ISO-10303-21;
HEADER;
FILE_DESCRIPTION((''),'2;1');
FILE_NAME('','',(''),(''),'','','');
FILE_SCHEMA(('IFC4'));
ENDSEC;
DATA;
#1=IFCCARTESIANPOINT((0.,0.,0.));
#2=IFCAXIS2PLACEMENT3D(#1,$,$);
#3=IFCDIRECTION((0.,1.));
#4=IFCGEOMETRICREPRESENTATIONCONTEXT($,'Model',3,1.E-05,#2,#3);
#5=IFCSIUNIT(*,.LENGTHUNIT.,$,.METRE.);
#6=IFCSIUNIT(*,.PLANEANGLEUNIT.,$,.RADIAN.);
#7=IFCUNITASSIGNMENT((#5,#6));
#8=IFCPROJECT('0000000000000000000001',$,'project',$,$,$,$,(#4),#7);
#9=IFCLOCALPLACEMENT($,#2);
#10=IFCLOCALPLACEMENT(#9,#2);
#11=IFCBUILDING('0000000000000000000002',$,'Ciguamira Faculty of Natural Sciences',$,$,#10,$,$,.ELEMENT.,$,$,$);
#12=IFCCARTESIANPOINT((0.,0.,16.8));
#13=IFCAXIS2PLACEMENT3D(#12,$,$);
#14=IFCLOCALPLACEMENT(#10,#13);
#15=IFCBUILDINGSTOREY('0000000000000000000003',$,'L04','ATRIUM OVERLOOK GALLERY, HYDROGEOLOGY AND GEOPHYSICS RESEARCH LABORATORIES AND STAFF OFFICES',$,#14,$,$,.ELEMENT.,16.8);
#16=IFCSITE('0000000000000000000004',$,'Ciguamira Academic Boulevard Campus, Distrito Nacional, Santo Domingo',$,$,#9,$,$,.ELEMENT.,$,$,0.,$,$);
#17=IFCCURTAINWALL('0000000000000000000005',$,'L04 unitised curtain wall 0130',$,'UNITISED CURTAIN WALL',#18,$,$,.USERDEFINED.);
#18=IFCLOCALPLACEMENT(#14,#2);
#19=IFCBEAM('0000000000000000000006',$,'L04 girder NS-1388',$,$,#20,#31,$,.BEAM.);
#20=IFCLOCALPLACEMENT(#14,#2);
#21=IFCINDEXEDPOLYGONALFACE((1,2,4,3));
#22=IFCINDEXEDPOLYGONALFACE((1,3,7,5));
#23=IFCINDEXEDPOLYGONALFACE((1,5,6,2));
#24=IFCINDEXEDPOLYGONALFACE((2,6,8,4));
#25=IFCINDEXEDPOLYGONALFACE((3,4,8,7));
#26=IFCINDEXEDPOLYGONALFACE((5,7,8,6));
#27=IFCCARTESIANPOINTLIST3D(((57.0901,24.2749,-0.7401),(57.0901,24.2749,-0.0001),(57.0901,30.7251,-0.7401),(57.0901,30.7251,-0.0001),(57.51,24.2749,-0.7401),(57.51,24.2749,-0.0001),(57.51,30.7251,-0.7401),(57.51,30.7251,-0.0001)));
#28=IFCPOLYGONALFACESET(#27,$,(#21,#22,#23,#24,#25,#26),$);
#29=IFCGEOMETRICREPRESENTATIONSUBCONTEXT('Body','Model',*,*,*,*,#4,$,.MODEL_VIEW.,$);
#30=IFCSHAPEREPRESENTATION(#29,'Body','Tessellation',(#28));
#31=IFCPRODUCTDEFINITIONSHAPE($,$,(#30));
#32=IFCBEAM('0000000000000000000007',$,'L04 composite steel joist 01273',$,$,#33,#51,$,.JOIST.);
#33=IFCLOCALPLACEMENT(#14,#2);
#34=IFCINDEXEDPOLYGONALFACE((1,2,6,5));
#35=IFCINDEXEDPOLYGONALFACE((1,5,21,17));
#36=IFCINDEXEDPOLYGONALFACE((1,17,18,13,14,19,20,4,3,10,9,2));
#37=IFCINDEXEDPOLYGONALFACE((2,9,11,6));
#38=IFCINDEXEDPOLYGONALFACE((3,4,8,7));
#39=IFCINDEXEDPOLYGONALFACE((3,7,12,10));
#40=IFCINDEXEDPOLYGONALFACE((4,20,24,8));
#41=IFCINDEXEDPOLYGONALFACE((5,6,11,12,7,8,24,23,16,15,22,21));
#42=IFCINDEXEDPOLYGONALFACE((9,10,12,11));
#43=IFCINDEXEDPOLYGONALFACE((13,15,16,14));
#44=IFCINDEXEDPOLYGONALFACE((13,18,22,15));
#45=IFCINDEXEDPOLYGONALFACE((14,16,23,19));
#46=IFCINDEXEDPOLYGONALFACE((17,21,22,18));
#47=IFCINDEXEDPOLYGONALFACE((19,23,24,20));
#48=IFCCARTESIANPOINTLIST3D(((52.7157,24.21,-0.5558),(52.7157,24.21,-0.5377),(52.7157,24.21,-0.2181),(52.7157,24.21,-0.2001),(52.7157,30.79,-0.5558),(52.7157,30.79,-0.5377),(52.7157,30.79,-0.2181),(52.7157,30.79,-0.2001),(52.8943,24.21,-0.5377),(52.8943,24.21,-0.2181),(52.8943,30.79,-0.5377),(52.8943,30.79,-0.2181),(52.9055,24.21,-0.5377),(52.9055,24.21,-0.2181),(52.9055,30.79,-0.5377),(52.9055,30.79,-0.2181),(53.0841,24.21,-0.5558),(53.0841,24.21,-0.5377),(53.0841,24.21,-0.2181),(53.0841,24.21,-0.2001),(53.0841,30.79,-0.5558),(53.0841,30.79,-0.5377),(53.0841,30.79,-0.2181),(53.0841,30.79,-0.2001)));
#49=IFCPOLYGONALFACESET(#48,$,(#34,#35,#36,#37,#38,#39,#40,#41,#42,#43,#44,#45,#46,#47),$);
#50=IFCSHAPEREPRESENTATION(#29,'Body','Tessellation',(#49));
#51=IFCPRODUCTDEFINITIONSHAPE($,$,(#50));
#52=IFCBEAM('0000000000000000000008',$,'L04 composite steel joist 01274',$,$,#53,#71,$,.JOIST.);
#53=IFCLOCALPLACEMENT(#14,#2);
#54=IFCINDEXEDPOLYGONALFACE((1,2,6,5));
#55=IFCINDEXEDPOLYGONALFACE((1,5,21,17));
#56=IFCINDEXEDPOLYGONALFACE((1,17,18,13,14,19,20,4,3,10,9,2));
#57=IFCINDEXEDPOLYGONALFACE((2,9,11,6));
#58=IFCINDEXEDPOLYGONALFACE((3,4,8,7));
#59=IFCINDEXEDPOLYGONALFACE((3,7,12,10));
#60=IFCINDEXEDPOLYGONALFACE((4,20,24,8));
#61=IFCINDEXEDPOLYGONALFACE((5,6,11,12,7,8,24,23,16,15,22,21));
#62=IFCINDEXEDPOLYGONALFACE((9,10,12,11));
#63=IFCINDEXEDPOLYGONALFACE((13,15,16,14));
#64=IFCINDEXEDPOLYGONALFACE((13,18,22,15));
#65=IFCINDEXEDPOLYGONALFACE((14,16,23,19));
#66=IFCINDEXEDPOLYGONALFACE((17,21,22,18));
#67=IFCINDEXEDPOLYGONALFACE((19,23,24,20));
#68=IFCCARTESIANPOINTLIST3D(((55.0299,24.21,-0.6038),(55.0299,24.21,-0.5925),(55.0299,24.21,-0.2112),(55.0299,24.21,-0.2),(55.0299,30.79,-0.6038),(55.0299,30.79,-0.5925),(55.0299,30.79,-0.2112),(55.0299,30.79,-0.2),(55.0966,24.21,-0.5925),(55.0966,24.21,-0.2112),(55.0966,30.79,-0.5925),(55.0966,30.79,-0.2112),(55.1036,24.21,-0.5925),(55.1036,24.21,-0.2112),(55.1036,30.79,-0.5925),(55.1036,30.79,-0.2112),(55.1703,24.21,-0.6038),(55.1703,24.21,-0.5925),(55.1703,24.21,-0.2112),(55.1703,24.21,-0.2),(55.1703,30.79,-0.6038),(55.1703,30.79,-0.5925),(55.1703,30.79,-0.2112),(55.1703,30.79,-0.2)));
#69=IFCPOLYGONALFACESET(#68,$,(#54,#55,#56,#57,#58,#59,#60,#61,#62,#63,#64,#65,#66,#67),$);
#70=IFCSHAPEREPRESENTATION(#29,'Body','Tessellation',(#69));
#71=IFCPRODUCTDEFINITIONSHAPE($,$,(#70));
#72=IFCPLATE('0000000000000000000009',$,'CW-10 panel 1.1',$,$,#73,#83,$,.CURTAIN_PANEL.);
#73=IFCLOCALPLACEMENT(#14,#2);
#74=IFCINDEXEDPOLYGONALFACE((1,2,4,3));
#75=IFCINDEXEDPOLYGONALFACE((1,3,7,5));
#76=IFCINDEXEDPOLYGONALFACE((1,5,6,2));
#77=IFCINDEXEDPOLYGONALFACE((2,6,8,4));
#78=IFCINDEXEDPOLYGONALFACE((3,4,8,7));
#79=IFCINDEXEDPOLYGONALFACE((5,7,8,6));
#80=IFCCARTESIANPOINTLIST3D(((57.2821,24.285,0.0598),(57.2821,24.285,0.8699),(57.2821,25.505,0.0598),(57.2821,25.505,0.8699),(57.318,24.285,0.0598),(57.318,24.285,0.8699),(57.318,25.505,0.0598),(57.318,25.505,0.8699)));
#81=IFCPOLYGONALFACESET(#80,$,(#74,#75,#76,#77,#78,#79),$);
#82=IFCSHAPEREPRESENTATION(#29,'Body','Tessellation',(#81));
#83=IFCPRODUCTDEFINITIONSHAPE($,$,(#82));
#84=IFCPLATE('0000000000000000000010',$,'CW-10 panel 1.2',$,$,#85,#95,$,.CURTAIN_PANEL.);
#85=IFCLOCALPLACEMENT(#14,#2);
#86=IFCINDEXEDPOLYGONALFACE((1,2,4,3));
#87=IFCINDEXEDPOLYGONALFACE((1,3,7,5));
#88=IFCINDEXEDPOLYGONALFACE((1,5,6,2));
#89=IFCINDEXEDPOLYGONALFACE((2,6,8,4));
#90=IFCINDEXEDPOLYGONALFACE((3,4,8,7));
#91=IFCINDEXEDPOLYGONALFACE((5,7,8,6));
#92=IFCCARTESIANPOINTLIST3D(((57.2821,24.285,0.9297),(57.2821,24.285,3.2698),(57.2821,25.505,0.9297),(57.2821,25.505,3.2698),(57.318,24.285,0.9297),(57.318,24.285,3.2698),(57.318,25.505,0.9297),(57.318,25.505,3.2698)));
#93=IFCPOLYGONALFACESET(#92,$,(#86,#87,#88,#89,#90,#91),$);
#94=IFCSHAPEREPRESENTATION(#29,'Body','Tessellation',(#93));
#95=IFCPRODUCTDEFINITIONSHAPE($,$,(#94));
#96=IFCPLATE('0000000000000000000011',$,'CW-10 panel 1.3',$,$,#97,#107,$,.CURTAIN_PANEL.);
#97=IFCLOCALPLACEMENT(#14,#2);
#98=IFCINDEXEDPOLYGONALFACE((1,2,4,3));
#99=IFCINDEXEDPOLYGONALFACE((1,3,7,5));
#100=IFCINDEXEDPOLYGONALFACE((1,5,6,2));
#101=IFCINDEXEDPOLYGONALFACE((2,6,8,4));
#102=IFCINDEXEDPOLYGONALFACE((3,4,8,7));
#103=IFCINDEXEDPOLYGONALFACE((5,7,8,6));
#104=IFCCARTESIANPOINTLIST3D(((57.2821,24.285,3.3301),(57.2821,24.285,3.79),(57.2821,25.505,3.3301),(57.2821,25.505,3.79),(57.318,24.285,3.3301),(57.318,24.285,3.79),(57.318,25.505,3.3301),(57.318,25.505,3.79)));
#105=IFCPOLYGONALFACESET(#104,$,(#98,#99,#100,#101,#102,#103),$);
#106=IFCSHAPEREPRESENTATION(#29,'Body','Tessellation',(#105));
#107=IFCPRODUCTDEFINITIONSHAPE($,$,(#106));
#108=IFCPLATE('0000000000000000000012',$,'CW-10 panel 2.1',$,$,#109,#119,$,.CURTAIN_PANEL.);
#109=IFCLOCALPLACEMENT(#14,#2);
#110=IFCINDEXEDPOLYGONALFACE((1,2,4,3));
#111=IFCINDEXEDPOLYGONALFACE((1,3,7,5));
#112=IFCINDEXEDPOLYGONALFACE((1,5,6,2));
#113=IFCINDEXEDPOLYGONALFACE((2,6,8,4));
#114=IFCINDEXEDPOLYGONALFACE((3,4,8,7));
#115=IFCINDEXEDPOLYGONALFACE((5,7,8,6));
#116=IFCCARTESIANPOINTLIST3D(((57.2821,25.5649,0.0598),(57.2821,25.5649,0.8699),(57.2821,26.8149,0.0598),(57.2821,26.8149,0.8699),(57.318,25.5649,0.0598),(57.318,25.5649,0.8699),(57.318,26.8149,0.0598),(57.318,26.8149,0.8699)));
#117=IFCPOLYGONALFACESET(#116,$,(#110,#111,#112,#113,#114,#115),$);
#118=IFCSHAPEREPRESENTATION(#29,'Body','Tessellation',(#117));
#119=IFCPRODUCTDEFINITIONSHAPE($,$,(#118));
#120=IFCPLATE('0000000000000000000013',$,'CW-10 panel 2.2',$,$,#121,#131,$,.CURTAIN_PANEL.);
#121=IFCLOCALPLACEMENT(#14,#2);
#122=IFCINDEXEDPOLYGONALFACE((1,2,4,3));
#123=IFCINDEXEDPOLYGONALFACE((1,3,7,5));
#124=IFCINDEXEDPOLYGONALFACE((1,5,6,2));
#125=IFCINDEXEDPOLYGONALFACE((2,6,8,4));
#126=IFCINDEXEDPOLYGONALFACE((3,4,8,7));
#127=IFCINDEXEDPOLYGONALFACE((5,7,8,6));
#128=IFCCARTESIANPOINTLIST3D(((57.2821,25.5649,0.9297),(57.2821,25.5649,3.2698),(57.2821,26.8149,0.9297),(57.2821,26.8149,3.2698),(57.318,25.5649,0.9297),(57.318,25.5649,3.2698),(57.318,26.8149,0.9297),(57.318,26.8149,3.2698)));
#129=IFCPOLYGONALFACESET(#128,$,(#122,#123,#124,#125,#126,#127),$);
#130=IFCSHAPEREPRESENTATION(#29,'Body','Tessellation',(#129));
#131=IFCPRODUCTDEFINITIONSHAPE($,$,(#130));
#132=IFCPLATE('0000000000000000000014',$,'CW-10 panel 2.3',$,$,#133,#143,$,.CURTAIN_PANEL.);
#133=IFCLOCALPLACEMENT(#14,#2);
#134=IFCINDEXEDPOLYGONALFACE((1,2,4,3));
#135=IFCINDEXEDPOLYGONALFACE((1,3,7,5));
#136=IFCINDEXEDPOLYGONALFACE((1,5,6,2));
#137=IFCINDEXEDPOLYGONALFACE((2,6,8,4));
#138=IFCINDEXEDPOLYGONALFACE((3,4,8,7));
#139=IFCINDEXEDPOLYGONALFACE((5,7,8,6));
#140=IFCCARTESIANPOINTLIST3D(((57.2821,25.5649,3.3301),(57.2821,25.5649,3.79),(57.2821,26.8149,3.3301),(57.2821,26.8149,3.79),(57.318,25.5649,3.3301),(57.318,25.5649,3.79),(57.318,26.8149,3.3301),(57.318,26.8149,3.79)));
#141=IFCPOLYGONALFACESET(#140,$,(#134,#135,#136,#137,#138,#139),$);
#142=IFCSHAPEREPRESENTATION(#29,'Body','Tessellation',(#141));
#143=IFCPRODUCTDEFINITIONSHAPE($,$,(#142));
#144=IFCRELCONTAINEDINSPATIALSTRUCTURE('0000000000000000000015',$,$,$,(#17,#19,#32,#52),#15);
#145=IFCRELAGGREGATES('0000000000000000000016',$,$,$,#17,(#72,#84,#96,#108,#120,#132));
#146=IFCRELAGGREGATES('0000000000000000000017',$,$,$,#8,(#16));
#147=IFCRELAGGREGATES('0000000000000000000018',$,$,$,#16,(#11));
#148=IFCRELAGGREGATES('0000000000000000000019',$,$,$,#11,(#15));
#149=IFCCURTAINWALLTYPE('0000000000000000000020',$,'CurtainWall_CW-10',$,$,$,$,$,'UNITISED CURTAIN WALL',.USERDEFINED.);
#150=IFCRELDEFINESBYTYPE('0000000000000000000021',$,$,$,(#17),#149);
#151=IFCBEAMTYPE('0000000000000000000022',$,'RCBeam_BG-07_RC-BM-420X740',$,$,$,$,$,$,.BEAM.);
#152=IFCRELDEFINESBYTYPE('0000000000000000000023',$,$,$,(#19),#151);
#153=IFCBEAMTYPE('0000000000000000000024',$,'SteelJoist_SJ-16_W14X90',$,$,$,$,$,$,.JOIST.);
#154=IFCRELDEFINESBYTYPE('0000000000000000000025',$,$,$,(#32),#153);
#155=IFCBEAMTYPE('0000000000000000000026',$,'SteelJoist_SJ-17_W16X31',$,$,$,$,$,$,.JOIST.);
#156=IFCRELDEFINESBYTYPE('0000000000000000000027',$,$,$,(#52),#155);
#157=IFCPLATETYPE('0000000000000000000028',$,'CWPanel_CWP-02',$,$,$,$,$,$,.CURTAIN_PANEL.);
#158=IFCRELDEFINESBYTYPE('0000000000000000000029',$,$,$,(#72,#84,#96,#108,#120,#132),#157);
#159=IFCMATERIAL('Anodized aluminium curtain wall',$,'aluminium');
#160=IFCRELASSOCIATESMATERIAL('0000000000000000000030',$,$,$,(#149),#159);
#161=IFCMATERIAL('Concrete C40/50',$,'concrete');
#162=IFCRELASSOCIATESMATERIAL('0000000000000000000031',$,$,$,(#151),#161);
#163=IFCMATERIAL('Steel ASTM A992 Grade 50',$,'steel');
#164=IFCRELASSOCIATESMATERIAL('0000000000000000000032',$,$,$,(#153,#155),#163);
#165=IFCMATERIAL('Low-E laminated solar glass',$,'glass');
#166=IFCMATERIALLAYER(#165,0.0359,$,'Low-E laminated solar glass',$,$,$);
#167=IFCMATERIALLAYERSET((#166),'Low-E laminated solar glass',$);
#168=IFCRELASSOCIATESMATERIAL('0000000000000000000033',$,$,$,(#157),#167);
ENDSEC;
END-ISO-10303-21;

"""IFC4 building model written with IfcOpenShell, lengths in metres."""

from ifc_helpers import new_model, si_unit, direction, frame, origin, origin_2d, place, context, subcontext, project, spatial, rectangle, i_section, extrude, material, layer, layer_set, material_profile, profile_set, type_object, element, aggregate, save


model = new_model("IFC4")

# Units and contexts
model_context = context("Model", 3, precision=1e-05, world=origin(), true_north=direction((0.0, 1.0)))
body_context = subcontext(model_context, "Body", "Model", "MODEL_VIEW")
ifc_project = project(units=[si_unit("LENGTHUNIT", "METRE"), si_unit("PLANEANGLEUNIT", "RADIAN")], contexts=[model_context])

# Site, building, storey
site_placement = place(None, origin())
site = spatial("IfcSite", under=ifc_project, at=site_placement, Name="Ciguamira Academic Boulevard Campus, Distrito Nacional, Santo Domingo", CompositionType="ELEMENT", RefElevation=0.0)
building_placement = place(site_placement, origin())
building = spatial("IfcBuilding", under=site, at=building_placement, Name="Ciguamira Faculty of Natural Sciences", CompositionType="ELEMENT")
storey_placement = place(building_placement, frame((0.0, 0.0, 16.8)))
storey = spatial("IfcBuildingStorey", under=building, at=storey_placement, Name="L04", Description="ATRIUM OVERLOOK GALLERY, HYDROGEOLOGY AND GEOPHYSICS RESEARCH LABORATORIES AND STAFF OFFICES", CompositionType="ELEMENT", Elevation=16.8)

# Shared definitions
ifc_material_1 = material(Name="Concrete C40/50", Category="concrete")

# Curtain wall
ifc_material_2 = material(Name="Anodized aluminium curtain wall", Category="aluminium")
curtain_wall_type = type_object("IfcCurtainWallType", Name="CurtainWall_CW-10", ElementType="UNITISED CURTAIN WALL", PredefinedType="USERDEFINED", material=ifc_material_2)
curtain_wall_placement = place(storey_placement, origin())
curtain_wall = element("IfcCurtainWall", 1, at=curtain_wall_placement, inside=storey, type_object=curtain_wall_type, Name="L04 unitised curtain wall 0130", ObjectType="UNITISED CURTAIN WALL", PredefinedType="USERDEFINED")

# Beams
ifc_material_profile_1 = material_profile(ifc_material_1, rectangle(XDim=0.4199, YDim=0.74, at=origin_2d()), Name="RC-BM-420X740")
ifc_profile_set_1 = profile_set([ifc_material_profile_1], Name="Concrete C40/50")
beam_type_1 = type_object("IfcBeamType", Name="RCBeam_BG-07_RC-BM-420X740", PredefinedType="BEAM", material=ifc_profile_set_1)
beam_1_placement = place(storey_placement, frame((57.3, 24.2749, -0.3701), z_axis=(0.0, 1.0, 0.0), x_axis=(-1.0, 0.0, 0.0)))
element("IfcBeam", 2, at=beam_1_placement, inside=storey, type_object=beam_type_1, Name="L04 girder NS-1388", PredefinedType="BEAM", context=body_context, shape_type="SweptSolid", body=[
    extrude(rectangle(XDim=0.4199, YDim=0.74, at=origin_2d()), origin(), (0.0, 0.0, 1.0), 6.4502),
])
ifc_material_3 = material(Name="Steel ASTM A992 Grade 50", Category="steel")
ifc_material_profile_2 = material_profile(ifc_material_3, i_section(OverallWidth=0.3684, OverallDepth=0.3557, WebThickness=0.0112, FlangeThickness=0.0181, at=origin_2d()), Name="W14X90")
ifc_profile_set_2 = profile_set([ifc_material_profile_2], Name="Steel ASTM A992 Grade 50")
beam_type_2 = type_object("IfcBeamType", Name="SteelJoist_SJ-16_W14X90", PredefinedType="JOIST", material=ifc_profile_set_2)
beam_2_placement = place(storey_placement, frame((52.8999, 24.21, -0.3779), z_axis=(0.0, 1.0, 0.0), x_axis=(-1.0, 0.0, 0.0)))
element("IfcBeam", 3, at=beam_2_placement, inside=storey, type_object=beam_type_2, Name="L04 composite steel joist 01273", PredefinedType="JOIST", context=body_context, shape_type="SweptSolid", body=[
    extrude(i_section(OverallWidth=0.3684, OverallDepth=0.3557, WebThickness=0.0112, FlangeThickness=0.0181, at=origin_2d()), origin(), (0.0, 0.0, 1.0), 6.5801),
])
ifc_material_profile_3 = material_profile(ifc_material_3, i_section(OverallWidth=0.1404, OverallDepth=0.4038, WebThickness=0.0071, FlangeThickness=0.0112, at=origin_2d()), Name="W16X31")
ifc_profile_set_3 = profile_set([ifc_material_profile_3], Name="Steel ASTM A992 Grade 50")
beam_type_3 = type_object("IfcBeamType", Name="SteelJoist_SJ-17_W16X31", PredefinedType="JOIST", material=ifc_profile_set_3)
beam_3_placement = place(storey_placement, frame((55.1001, 24.21, -0.4019), z_axis=(0.0, 1.0, 0.0), x_axis=(-1.0, 0.0, 0.0)))
element("IfcBeam", 4, at=beam_3_placement, inside=storey, type_object=beam_type_3, Name="L04 composite steel joist 01274", PredefinedType="JOIST", context=body_context, shape_type="SweptSolid", body=[
    extrude(i_section(OverallWidth=0.1404, OverallDepth=0.4038, WebThickness=0.0071, FlangeThickness=0.0112, at=origin_2d()), origin(), (0.0, 0.0, 1.0), 6.5801),
])

# Plates
ifc_material_4 = material(Name="Low-E laminated solar glass", Category="glass")
ifc_layer = layer(ifc_material_4, 0.0359, Name="Low-E laminated solar glass")
ifc_layer_set = layer_set([ifc_layer], Name="Low-E laminated solar glass")
plate_type = type_object("IfcPlateType", Name="CWPanel_CWP-02", PredefinedType="CURTAIN_PANEL", material=ifc_layer_set)
plate_1_placement = place(storey_placement, frame((57.3, 24.895, 0.0598), z_axis=(0.0, 0.0, 1.0), x_axis=(0.0, 1.0, 0.0)))
plate_1 = element("IfcPlate", 5, at=plate_1_placement, type_object=plate_type, Name="CW-10 panel 1.1", PredefinedType="CURTAIN_PANEL", context=body_context, shape_type="SweptSolid", body=[
    extrude(rectangle(XDim=1.22, YDim=0.0359, at=origin_2d()), origin(), (0.0, 0.0, 1.0), 0.8101),
])
plate_2_placement = place(storey_placement, frame((57.3, 24.895, 0.9297), z_axis=(0.0, 0.0, 1.0), x_axis=(0.0, 1.0, 0.0)))
plate_2 = element("IfcPlate", 6, at=plate_2_placement, type_object=plate_type, Name="CW-10 panel 1.2", PredefinedType="CURTAIN_PANEL", context=body_context, shape_type="SweptSolid", body=[
    extrude(rectangle(XDim=1.22, YDim=0.0359, at=origin_2d()), origin(), (0.0, 0.0, 1.0), 2.3401),
])
plate_3_placement = place(storey_placement, frame((57.3, 24.895, 3.3301), z_axis=(0.0, 0.0, 1.0), x_axis=(0.0, 1.0, 0.0)))
plate_3 = element("IfcPlate", 7, at=plate_3_placement, type_object=plate_type, Name="CW-10 panel 1.3", PredefinedType="CURTAIN_PANEL", context=body_context, shape_type="SweptSolid", body=[
    extrude(rectangle(XDim=1.22, YDim=0.0359, at=origin_2d()), origin(), (0.0, 0.0, 1.0), 0.46),
])
plate_4_placement = place(storey_placement, frame((57.3, 26.1899, 0.0598), z_axis=(0.0, 0.0, 1.0), x_axis=(0.0, 1.0, 0.0)))
plate_4 = element("IfcPlate", 8, at=plate_4_placement, type_object=plate_type, Name="CW-10 panel 2.1", PredefinedType="CURTAIN_PANEL", context=body_context, shape_type="SweptSolid", body=[
    extrude(rectangle(XDim=1.25, YDim=0.0359, at=origin_2d()), origin(), (0.0, 0.0, 1.0), 0.8101),
])
plate_5_placement = place(storey_placement, frame((57.3, 26.1899, 0.9297), z_axis=(0.0, 0.0, 1.0), x_axis=(0.0, 1.0, 0.0)))
plate_5 = element("IfcPlate", 9, at=plate_5_placement, type_object=plate_type, Name="CW-10 panel 2.2", PredefinedType="CURTAIN_PANEL", context=body_context, shape_type="SweptSolid", body=[
    extrude(rectangle(XDim=1.25, YDim=0.0359, at=origin_2d()), origin(), (0.0, 0.0, 1.0), 2.3401),
])
plate_6_placement = place(storey_placement, frame((57.3, 26.1899, 3.3301), z_axis=(0.0, 0.0, 1.0), x_axis=(0.0, 1.0, 0.0)))
plate_6 = element("IfcPlate", 10, at=plate_6_placement, type_object=plate_type, Name="CW-10 panel 2.3", PredefinedType="CURTAIN_PANEL", context=body_context, shape_type="SweptSolid", body=[
    extrude(rectangle(XDim=1.25, YDim=0.0359, at=origin_2d()), origin(), (0.0, 0.0, 1.0), 0.46),
])
aggregate(curtain_wall, [plate_1, plate_2, plate_3, plate_4, plate_5, plate_6])

save(model, "model.ifc")
